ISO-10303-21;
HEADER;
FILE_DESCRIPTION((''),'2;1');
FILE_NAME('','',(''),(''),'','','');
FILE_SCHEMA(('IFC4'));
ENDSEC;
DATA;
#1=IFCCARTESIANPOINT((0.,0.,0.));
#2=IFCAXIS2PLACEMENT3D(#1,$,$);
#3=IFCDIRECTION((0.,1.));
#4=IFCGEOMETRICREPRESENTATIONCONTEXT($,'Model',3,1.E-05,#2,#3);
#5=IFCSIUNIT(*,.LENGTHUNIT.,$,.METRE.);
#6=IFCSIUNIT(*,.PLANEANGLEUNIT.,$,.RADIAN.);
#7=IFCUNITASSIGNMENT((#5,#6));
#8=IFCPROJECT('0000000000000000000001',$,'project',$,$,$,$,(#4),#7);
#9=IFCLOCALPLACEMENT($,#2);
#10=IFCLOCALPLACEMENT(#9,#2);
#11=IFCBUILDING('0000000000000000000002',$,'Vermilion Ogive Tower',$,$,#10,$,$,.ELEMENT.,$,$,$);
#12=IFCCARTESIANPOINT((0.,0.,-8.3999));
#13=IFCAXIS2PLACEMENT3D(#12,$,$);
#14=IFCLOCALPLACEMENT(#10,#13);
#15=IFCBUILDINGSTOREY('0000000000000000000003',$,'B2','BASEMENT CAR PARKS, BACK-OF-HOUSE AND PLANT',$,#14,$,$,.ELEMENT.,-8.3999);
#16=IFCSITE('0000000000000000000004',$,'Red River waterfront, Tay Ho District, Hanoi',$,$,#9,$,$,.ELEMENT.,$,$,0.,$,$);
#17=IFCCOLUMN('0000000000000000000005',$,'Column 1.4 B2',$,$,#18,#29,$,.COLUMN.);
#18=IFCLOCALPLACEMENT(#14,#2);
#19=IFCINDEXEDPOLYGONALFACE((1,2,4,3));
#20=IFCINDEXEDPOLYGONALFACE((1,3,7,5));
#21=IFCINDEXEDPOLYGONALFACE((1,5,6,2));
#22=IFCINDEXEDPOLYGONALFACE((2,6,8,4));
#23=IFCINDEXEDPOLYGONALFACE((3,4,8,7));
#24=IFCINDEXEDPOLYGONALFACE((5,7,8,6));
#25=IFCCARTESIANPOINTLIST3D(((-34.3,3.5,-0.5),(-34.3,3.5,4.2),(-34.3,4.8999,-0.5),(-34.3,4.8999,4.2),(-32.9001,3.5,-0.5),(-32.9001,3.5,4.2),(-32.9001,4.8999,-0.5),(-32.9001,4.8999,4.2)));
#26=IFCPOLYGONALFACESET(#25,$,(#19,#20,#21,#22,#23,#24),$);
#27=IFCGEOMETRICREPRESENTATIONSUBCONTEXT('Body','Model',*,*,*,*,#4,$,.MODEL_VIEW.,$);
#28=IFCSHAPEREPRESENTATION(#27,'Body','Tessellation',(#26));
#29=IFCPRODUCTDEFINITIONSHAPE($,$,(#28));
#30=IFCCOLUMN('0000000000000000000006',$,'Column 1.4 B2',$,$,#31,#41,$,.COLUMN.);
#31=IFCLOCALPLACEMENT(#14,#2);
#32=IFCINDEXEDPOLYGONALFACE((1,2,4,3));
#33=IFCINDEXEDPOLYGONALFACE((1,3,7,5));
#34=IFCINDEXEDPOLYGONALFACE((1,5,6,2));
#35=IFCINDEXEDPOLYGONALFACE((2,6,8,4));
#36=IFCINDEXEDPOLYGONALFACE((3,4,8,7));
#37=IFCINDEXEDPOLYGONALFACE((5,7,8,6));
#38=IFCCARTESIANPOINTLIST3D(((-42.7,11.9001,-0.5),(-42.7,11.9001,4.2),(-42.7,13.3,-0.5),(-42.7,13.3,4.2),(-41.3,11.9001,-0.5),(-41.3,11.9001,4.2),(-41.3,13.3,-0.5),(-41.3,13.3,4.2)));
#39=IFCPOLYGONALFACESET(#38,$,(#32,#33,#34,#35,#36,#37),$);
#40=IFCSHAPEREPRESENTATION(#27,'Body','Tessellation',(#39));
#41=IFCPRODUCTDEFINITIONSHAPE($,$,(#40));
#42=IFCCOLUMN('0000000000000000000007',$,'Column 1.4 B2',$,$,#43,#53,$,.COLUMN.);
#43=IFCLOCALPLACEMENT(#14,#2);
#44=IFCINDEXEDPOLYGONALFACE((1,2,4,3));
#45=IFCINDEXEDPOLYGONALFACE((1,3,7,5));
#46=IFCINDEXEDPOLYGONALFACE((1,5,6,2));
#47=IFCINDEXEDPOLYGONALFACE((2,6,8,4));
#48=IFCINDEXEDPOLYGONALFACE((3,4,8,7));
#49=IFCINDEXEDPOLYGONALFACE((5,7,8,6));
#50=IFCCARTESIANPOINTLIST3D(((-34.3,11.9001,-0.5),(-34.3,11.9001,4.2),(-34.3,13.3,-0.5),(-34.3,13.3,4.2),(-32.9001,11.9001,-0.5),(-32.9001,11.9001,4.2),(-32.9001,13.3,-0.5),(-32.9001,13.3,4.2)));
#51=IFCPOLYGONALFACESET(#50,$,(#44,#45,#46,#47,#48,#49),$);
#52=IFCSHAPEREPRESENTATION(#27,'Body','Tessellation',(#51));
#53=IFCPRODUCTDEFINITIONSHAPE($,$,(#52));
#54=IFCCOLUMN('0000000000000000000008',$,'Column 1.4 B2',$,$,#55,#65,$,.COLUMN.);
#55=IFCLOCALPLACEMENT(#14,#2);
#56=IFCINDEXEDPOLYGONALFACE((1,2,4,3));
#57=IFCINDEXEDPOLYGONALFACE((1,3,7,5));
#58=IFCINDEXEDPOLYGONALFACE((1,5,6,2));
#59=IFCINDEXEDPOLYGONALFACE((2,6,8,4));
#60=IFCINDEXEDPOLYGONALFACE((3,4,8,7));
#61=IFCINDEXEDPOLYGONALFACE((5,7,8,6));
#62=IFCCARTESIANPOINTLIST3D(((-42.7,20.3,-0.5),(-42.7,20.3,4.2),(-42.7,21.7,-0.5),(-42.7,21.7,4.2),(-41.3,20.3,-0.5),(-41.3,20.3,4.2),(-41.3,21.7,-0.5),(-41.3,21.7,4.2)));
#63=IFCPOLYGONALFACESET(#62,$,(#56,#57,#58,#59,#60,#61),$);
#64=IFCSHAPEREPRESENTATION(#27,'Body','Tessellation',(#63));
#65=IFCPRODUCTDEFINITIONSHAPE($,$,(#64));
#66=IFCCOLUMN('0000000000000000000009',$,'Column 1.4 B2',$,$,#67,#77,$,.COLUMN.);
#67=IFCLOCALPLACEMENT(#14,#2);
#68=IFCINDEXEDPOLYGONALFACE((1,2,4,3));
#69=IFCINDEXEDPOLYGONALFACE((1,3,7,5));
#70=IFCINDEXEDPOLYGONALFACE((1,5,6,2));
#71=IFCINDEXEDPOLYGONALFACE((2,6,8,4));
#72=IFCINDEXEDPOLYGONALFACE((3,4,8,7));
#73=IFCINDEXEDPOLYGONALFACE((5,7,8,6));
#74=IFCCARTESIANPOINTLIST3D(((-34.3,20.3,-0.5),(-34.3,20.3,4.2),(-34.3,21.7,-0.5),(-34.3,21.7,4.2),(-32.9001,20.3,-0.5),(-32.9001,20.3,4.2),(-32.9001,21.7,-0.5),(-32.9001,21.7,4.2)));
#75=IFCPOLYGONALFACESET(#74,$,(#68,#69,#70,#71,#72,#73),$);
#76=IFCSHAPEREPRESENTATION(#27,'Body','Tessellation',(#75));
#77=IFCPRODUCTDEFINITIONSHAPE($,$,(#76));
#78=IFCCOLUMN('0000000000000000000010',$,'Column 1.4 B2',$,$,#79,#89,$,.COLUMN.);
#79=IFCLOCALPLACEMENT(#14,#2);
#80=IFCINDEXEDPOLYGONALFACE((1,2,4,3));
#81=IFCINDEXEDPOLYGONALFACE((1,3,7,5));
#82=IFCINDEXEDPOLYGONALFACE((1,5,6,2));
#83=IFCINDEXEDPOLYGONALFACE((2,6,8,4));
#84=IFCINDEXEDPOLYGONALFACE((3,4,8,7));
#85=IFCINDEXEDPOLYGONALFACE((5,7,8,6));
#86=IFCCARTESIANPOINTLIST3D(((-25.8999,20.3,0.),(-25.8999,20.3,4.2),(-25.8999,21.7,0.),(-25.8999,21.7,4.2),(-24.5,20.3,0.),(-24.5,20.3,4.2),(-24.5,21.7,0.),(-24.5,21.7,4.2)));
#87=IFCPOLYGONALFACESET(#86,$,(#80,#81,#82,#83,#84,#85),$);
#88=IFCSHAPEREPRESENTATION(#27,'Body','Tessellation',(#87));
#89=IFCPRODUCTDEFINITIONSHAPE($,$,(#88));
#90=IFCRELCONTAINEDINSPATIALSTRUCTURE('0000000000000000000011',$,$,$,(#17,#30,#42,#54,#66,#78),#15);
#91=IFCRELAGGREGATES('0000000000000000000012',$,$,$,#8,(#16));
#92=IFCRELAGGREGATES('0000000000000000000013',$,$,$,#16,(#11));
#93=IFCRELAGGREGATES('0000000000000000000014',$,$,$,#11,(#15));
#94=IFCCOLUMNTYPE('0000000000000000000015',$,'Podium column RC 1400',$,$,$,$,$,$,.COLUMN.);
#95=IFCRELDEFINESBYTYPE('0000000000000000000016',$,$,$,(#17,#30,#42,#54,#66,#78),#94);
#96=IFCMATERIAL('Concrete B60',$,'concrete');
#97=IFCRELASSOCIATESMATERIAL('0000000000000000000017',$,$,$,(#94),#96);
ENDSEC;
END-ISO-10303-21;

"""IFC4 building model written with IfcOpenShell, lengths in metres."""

from ifc_helpers import new_model, si_unit, direction, frame, origin, origin_2d, place, context, subcontext, project, spatial, rectangle, extrude, material, material_profile, profile_set, type_object, element, save


model = new_model("IFC4")

# Units and contexts
model_context = context("Model", 3, precision=1e-05, world=origin(), true_north=direction((0.0, 1.0)))
body_context = subcontext(model_context, "Body", "Model", "MODEL_VIEW")
ifc_project = project(units=[si_unit("LENGTHUNIT", "METRE"), si_unit("PLANEANGLEUNIT", "RADIAN")], contexts=[model_context])

# Site, building, storey
site_placement = place(None, origin())
site = spatial("IfcSite", under=ifc_project, at=site_placement, Name="Red River waterfront, Tay Ho District, Hanoi", CompositionType="ELEMENT", RefElevation=0.0)
building_placement = place(site_placement, origin())
building = spatial("IfcBuilding", under=site, at=building_placement, Name="Vermilion Ogive Tower", CompositionType="ELEMENT")
storey_placement = place(building_placement, frame((0.0, 0.0, -8.3999)))
storey = spatial("IfcBuildingStorey", under=building, at=storey_placement, Name="B2", Description="BASEMENT CAR PARKS, BACK-OF-HOUSE AND PLANT", CompositionType="ELEMENT", Elevation=-8.3999)

# Columns
ifc_material_1 = material(Name="Concrete B60", Category="concrete")
ifc_material_profile_1 = material_profile(ifc_material_1, rectangle(XDim=1.3999, YDim=1.3999, at=origin_2d()), Name="RC 1400x1400")
ifc_profile_set_1 = profile_set([ifc_material_profile_1], Name="Concrete B60")
column_type_1 = type_object("IfcColumnType", Name="Podium column RC 1400", PredefinedType="COLUMN", material=ifc_profile_set_1)
for number, where, z_axis, x_axis, name in (
    (1, (-33.6001, 4.2, -0.5), (0.0, 0.0, 1.0), (1.0, 0.0, 0.0), "Column 1.4 B2"),
    (2, (-42.0, 12.6001, -0.5), (0.0, 0.0, 1.0), (1.0, 0.0, 0.0), "Column 1.4 B2"),
    (3, (-33.6001, 12.6001, -0.5), (0.0, 0.0, 1.0), (1.0, 0.0, 0.0), "Column 1.4 B2"),
    (4, (-42.0, 21.0, -0.5), (0.0, 0.0, 1.0), (1.0, 0.0, 0.0), "Column 1.4 B2"),
    (5, (-33.6001, 21.0, -0.5), (0.0, 0.0, 1.0), (1.0, 0.0, 0.0), "Column 1.4 B2"),
):
    element("IfcColumn", number, at=place(storey_placement, frame(where, z_axis=z_axis, x_axis=x_axis)), inside=storey, type_object=column_type_1, Name=name, PredefinedType="COLUMN", context=body_context, shape_type="SweptSolid", body=[
        extrude(rectangle(XDim=1.3999, YDim=1.3999, at=origin_2d()), origin(), (0.0, 0.0, 1.0), 4.7),
    ])
column_placement = place(storey_placement, frame((-25.2, 21.0, 0.0), z_axis=(0.0, 0.0, 1.0), x_axis=(1.0, 0.0, 0.0)))
element("IfcColumn", 6, at=column_placement, inside=storey, type_object=column_type_1, Name="Column 1.4 B2", PredefinedType="COLUMN", context=body_context, shape_type="SweptSolid", body=[
    extrude(rectangle(XDim=1.3999, YDim=1.3999, at=origin_2d()), origin(), (0.0, 0.0, 1.0), 4.2),
])

save(model, "model.ifc")
